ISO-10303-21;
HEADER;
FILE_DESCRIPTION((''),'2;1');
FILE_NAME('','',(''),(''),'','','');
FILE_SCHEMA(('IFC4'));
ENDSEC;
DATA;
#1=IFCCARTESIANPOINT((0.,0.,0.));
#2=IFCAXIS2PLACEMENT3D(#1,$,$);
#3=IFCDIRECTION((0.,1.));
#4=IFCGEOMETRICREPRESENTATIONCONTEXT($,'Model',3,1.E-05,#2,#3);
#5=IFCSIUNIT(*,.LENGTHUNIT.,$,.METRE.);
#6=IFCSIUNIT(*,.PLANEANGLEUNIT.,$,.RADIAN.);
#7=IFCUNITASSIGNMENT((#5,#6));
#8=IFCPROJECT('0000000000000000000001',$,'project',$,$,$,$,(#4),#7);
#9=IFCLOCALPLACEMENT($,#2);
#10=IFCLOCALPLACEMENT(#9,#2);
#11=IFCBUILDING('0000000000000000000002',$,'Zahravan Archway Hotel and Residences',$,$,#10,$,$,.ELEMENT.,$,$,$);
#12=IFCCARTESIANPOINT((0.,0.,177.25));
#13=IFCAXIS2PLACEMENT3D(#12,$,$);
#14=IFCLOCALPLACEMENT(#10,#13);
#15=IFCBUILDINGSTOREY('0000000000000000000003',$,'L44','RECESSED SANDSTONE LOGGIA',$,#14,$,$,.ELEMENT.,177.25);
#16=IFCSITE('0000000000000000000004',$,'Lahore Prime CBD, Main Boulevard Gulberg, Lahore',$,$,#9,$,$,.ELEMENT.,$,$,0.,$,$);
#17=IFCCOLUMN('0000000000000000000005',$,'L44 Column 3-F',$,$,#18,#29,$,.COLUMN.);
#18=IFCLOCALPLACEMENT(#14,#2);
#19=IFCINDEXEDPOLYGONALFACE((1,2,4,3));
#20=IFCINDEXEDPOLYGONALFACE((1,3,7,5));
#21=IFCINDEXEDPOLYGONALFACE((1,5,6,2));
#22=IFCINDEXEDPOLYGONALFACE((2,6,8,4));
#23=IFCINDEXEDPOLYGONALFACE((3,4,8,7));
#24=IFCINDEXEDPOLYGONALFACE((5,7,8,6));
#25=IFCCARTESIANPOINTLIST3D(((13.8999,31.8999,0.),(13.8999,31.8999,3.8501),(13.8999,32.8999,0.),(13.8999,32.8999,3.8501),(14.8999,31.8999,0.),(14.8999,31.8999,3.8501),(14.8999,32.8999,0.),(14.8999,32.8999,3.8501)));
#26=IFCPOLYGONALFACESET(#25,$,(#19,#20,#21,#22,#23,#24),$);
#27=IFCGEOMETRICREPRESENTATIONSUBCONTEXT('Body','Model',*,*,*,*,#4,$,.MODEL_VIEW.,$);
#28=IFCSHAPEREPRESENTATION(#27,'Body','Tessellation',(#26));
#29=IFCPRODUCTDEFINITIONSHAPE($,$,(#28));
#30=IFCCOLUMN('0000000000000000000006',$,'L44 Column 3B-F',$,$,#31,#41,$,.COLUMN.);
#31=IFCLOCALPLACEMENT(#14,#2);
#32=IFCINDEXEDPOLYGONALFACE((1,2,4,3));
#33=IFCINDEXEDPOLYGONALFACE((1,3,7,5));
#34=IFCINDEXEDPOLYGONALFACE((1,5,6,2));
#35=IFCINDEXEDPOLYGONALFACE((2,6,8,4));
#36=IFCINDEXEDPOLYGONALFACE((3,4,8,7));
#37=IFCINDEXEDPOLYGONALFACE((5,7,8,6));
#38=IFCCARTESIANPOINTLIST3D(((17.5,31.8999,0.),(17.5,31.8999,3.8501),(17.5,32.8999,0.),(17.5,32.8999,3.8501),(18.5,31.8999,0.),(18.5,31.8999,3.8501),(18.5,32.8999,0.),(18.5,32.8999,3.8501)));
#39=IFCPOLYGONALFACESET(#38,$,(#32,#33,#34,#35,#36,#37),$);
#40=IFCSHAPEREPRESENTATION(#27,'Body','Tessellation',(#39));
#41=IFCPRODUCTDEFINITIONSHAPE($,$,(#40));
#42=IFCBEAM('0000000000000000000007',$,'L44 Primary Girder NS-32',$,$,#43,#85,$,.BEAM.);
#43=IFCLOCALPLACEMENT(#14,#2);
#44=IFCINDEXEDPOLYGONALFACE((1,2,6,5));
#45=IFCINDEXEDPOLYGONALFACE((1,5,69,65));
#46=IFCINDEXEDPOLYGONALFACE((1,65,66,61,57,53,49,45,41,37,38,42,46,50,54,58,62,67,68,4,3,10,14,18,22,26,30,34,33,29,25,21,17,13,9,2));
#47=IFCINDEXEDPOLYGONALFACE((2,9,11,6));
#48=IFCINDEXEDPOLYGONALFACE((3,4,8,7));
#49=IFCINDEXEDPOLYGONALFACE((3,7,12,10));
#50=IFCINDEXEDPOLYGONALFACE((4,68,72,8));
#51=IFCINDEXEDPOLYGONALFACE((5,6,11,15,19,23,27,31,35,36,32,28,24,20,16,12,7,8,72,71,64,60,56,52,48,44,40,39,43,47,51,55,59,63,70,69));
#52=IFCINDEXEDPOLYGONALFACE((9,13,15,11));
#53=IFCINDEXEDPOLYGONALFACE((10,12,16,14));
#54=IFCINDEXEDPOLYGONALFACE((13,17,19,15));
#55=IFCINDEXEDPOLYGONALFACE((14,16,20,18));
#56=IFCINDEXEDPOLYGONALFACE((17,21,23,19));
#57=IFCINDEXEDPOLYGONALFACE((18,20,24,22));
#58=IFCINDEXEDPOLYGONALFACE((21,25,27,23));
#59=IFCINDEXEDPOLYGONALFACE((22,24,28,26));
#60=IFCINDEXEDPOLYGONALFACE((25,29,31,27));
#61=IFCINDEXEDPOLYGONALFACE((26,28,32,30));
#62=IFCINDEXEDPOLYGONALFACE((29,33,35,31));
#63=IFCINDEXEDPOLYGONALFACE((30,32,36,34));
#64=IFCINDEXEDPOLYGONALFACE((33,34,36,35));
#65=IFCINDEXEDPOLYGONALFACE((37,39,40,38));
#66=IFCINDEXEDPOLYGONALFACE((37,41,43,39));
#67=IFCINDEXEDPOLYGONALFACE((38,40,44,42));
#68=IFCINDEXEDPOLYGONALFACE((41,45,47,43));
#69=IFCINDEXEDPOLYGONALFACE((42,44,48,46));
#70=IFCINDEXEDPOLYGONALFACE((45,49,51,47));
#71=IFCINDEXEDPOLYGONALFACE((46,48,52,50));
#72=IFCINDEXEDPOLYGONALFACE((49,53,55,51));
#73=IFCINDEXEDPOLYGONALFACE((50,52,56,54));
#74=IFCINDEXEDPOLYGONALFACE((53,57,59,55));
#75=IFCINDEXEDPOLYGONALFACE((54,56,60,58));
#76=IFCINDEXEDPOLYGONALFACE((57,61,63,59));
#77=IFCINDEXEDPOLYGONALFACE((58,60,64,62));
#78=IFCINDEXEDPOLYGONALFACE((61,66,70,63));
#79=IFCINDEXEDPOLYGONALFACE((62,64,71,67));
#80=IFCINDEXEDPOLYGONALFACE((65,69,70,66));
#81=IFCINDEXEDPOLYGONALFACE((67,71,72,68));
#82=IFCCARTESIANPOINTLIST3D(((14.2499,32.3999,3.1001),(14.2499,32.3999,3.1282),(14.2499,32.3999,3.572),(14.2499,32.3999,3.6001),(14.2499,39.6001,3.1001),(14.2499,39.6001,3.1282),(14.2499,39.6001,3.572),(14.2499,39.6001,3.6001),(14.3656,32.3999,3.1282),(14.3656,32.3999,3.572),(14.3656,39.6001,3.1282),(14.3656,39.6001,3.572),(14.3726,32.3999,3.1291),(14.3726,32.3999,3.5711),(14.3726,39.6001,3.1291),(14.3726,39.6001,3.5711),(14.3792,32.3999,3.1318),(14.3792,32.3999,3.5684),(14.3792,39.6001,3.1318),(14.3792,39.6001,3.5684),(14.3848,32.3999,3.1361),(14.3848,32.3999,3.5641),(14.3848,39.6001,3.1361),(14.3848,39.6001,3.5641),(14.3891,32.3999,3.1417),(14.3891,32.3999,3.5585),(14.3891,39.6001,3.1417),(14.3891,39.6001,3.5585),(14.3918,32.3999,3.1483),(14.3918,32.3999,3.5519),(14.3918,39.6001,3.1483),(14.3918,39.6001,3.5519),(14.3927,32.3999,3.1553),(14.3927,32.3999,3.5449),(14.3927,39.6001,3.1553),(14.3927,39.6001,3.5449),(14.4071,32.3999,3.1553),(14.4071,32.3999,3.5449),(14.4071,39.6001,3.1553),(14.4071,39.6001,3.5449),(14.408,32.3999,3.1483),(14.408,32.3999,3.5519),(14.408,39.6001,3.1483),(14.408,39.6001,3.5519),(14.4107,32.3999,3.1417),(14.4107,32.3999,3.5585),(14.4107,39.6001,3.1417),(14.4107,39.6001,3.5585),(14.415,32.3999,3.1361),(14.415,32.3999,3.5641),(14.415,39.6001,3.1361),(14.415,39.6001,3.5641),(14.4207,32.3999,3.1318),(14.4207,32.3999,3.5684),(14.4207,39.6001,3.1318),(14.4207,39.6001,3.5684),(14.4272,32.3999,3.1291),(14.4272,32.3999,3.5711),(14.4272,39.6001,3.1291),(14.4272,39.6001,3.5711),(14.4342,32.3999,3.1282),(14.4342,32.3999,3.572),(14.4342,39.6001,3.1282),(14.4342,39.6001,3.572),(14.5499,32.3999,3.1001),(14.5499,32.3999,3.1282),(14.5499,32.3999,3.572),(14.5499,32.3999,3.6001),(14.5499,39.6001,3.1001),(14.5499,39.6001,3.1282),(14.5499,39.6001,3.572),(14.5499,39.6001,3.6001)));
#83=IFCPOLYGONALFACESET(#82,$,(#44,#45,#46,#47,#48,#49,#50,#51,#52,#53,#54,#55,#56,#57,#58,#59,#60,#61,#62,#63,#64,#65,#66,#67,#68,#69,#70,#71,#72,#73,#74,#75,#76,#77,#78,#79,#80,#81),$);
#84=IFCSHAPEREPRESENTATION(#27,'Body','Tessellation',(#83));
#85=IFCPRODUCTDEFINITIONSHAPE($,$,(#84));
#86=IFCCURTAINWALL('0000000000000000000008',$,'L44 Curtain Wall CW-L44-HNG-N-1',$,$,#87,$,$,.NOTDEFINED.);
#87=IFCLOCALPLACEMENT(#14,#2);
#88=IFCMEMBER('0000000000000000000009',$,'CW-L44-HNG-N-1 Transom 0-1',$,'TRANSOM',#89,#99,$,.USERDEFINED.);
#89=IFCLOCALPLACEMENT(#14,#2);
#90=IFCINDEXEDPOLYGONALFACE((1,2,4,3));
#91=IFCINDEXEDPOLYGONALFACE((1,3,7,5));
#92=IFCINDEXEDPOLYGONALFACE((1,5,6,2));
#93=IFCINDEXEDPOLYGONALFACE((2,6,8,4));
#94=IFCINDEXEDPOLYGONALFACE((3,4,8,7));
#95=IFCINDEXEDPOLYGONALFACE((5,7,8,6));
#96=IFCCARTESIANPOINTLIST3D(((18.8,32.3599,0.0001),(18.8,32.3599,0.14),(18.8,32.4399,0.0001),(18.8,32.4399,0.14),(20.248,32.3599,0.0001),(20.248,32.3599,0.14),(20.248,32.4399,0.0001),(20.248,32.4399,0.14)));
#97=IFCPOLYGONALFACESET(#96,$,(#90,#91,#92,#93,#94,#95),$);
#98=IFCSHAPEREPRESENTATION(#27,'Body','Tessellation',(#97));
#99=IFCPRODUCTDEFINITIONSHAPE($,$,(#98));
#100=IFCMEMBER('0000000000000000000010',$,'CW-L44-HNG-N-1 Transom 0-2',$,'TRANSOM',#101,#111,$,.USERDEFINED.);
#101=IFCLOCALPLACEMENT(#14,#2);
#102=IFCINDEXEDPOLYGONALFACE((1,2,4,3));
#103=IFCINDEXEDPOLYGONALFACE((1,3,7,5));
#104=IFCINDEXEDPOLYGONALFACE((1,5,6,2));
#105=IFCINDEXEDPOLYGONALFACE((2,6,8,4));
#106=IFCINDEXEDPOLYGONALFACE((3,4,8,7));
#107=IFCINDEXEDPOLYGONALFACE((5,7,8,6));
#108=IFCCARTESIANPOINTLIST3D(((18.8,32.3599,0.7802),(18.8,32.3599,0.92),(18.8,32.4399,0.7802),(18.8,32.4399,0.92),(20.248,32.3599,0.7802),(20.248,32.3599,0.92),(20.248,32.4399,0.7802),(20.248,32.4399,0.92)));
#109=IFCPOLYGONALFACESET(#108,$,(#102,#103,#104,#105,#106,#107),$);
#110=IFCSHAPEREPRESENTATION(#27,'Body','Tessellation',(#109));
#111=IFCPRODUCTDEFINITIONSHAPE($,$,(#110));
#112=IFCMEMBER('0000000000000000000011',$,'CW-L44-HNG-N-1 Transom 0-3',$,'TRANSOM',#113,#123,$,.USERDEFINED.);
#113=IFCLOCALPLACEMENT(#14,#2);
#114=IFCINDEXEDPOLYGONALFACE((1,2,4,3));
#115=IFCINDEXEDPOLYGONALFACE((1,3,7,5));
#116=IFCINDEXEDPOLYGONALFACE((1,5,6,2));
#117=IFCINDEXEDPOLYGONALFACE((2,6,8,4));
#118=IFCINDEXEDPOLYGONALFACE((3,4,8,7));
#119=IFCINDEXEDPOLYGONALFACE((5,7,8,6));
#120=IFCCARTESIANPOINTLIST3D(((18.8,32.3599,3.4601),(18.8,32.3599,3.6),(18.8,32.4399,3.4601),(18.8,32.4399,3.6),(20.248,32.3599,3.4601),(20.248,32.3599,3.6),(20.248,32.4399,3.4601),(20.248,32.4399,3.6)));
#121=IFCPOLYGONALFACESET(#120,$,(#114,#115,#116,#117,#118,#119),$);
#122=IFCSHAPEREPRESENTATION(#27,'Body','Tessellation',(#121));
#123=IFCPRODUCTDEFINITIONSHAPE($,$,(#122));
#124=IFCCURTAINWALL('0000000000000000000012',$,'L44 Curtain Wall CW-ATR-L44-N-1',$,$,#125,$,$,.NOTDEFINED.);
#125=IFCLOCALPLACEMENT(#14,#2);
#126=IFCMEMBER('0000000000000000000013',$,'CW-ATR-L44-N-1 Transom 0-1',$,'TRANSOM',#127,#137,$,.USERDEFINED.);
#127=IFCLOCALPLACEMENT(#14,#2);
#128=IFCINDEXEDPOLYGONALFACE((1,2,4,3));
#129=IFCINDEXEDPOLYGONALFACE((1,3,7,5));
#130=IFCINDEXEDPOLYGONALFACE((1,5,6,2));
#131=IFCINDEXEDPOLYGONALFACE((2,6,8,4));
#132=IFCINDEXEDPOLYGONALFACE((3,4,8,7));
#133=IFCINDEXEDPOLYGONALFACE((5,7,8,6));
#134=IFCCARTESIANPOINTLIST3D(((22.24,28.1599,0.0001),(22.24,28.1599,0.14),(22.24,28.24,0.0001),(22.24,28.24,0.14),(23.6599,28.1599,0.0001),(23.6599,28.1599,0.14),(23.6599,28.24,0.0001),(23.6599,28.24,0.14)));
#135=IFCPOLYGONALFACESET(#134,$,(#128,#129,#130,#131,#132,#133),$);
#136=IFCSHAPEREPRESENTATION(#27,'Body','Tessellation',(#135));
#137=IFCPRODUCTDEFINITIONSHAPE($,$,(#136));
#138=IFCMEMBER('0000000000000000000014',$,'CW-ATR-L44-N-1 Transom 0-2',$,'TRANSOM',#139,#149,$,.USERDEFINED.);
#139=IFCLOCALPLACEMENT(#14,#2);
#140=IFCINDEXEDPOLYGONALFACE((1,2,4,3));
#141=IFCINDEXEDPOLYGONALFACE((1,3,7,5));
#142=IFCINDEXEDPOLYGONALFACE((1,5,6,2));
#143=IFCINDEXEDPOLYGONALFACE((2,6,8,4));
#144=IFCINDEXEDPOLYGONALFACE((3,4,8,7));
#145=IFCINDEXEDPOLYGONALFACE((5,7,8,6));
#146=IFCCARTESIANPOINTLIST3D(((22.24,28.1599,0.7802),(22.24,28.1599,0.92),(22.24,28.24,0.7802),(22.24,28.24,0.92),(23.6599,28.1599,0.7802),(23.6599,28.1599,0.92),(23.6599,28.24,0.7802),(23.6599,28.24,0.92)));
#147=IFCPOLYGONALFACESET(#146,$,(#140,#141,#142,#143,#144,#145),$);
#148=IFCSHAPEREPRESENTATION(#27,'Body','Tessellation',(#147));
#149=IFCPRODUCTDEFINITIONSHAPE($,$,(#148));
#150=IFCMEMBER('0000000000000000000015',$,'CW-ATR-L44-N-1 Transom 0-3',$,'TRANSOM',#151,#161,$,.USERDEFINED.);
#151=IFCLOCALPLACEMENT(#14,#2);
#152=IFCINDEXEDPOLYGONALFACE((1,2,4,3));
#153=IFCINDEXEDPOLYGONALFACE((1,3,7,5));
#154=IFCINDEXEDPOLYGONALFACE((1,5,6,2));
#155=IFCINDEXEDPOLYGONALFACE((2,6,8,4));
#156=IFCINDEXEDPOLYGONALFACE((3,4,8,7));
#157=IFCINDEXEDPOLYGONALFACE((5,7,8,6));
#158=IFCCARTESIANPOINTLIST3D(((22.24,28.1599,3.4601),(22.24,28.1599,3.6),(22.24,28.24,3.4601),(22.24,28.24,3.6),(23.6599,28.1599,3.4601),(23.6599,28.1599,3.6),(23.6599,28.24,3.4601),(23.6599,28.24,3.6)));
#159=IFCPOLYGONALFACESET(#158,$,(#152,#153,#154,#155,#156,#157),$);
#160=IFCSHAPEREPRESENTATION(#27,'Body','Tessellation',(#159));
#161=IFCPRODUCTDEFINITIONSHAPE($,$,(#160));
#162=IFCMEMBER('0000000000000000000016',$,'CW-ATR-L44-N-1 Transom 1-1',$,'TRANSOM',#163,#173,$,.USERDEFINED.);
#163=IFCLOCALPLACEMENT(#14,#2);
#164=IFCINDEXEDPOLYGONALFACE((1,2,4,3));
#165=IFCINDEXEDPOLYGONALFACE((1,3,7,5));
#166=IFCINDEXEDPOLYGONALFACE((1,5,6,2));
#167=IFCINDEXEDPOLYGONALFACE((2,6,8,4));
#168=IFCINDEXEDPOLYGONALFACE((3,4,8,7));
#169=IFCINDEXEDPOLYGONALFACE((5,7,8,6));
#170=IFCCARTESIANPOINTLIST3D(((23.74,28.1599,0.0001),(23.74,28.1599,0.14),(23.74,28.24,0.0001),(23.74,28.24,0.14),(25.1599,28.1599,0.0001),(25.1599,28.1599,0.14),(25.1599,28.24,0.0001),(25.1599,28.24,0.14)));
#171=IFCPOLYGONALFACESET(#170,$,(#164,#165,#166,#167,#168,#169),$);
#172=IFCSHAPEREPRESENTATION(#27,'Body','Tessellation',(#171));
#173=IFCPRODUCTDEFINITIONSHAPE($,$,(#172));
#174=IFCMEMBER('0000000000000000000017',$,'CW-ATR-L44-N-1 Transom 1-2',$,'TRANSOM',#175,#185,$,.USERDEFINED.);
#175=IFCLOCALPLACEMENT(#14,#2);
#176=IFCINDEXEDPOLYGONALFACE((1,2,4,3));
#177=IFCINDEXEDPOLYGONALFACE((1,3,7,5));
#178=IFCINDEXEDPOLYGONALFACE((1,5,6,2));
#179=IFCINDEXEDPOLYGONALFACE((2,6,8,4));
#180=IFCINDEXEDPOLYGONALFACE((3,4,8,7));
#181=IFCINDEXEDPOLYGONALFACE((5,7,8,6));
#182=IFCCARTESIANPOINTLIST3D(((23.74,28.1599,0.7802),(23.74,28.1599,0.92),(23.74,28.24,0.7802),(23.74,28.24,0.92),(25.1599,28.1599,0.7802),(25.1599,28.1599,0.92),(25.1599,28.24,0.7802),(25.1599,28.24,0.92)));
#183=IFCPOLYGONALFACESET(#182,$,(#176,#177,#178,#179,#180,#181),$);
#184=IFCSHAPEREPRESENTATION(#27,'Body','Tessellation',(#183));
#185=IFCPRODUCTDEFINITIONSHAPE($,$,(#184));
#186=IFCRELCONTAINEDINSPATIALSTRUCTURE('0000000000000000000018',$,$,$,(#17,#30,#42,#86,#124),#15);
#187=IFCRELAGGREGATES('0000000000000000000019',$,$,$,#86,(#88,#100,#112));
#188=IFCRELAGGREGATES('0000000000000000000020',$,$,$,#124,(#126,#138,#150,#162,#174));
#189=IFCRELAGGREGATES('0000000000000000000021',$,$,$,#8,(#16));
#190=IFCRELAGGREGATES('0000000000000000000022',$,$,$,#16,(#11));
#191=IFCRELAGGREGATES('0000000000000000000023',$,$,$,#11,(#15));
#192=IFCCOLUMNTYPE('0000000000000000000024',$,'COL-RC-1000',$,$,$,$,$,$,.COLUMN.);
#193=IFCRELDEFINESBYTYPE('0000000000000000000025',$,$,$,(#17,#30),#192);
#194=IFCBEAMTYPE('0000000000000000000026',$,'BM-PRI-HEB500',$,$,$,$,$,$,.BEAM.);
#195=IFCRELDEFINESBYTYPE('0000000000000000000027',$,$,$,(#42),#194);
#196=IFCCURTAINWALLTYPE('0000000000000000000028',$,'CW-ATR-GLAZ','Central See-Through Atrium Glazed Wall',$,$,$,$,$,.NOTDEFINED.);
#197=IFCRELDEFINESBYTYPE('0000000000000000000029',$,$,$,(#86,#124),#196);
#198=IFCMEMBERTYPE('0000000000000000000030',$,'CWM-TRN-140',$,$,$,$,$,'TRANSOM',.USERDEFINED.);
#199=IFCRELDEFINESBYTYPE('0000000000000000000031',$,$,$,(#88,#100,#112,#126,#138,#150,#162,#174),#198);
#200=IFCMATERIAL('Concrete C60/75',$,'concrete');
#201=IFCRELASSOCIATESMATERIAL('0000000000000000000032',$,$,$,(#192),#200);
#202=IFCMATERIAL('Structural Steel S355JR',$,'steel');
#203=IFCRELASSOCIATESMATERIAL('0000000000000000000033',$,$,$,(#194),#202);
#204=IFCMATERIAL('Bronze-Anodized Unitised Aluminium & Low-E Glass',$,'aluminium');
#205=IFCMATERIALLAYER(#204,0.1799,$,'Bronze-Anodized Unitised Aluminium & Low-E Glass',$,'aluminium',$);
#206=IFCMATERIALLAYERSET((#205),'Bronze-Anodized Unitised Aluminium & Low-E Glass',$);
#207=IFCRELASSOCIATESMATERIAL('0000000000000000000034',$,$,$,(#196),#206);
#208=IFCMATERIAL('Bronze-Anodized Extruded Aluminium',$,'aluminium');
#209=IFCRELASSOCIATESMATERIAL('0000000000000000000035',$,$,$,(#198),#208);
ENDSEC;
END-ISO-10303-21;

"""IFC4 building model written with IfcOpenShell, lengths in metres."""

from ifc_helpers import new_model, si_unit, direction, frame, origin, origin_2d, place, context, subcontext, project, spatial, rectangle, i_section, extrude, source, transform, mapped, material, layer, layer_set, material_profile, profile_set, type_object, type_shapes, element, aggregate, save


model = new_model("IFC4")

# Units and contexts
model_context = context("Model", 3, precision=1e-05, world=origin(), true_north=direction((0.0, 1.0)))
body_context = subcontext(model_context, "Body", "Model", "MODEL_VIEW")
ifc_project = project(units=[si_unit("LENGTHUNIT", "METRE"), si_unit("PLANEANGLEUNIT", "RADIAN")], contexts=[model_context])

# Site, building, storey
site_placement = place(None, origin())
site = spatial("IfcSite", under=ifc_project, at=site_placement, Name="Lahore Prime CBD, Main Boulevard Gulberg, Lahore", CompositionType="ELEMENT", RefElevation=0.0)
building_placement = place(site_placement, origin())
building = spatial("IfcBuilding", under=site, at=building_placement, Name="Zahravan Archway Hotel and Residences", CompositionType="ELEMENT")
storey_placement = place(building_placement, frame((0.0, 0.0, 177.25)))
storey = spatial("IfcBuildingStorey", under=building, at=storey_placement, Name="L44", Description="RECESSED SANDSTONE LOGGIA", CompositionType="ELEMENT", Elevation=177.25)

# Columns
ifc_material_1 = material(Name="Concrete C60/75", Category="concrete")
ifc_material_profile_1 = material_profile(ifc_material_1, rectangle(XDim=1.0, YDim=1.0, at=origin_2d()), Name="RC-COL-1000x1000", Category="concrete")
ifc_profile_set_1 = profile_set([ifc_material_profile_1], Name="Concrete C60/75")
column_type = type_object("IfcColumnType", Name="COL-RC-1000", PredefinedType="COLUMN", material=ifc_profile_set_1)
shared_shape_1 = source(origin(), body_context, "Body", "SweptSolid", [
    extrude(rectangle(XDim=1.0, YDim=1.0, at=origin_2d()), origin(), (0.0, 0.0, 1.0), 3.8501),
])
for number, where, z_axis, x_axis, name in (
    (1, (14.3999, 32.3999, 0.0), (0.0, 0.0, 1.0), (1.0, 0.0, 0.0), "L44 Column 3-F"),
    (2, (18.0, 32.3999, 0.0), (0.0, 0.0, 1.0), (1.0, 0.0, 0.0), "L44 Column 3B-F"),
):
    element("IfcColumn", number, at=place(storey_placement, frame(where, z_axis=z_axis, x_axis=x_axis)), inside=storey, type_object=column_type, Name=name, PredefinedType="COLUMN", context=body_context, shape_type="MappedRepresentation", body=[
        mapped(shared_shape_1, transform((0.0, 0.0, 0.0), scale=1.0)),
    ])

# Beam
ifc_material_2 = material(Name="Structural Steel S355JR", Category="steel")
ifc_material_profile_2 = material_profile(ifc_material_2, i_section(OverallWidth=0.3, OverallDepth=0.5, WebThickness=0.0144, FlangeThickness=0.0281, FilletRadius=0.0271, at=origin_2d()), Name="HEB 500", Category="steel")
ifc_profile_set_2 = profile_set([ifc_material_profile_2], Name="Structural Steel S355JR")
beam_type = type_object("IfcBeamType", Name="BM-PRI-HEB500", PredefinedType="BEAM", material=ifc_profile_set_2)
shared_shape_2 = source(origin(), body_context, "Body", "SweptSolid", [
    extrude(i_section(OverallWidth=0.3, OverallDepth=0.5, WebThickness=0.0144, FlangeThickness=0.0281, FilletRadius=0.0271, at=origin_2d()), origin(), (0.0, 0.0, 1.0), 7.2002),
])
type_shapes(beam_type, [shared_shape_2])
beam_placement = place(storey_placement, frame((14.3999, 32.3999, 3.3501), z_axis=(0.0, 1.0, 0.0), x_axis=(-1.0, 0.0, 0.0)))
element("IfcBeam", 3, at=beam_placement, inside=storey, type_object=beam_type, Name="L44 Primary Girder NS-32", PredefinedType="BEAM", context=body_context, shape_type="MappedRepresentation", body=[
    mapped(shared_shape_2, transform((0.0, 0.0, 0.0), scale=1.0)),
])

# Curtain walls, members
ifc_material_3 = material(Name="Bronze-Anodized Unitised Aluminium & Low-E Glass", Category="aluminium")
ifc_layer_1 = layer(ifc_material_3, 0.1799, Name="Bronze-Anodized Unitised Aluminium & Low-E Glass", Category="aluminium")
ifc_layer_set_1 = layer_set([ifc_layer_1], Name="Bronze-Anodized Unitised Aluminium & Low-E Glass")
curtain_wall_type = type_object("IfcCurtainWallType", Name="CW-ATR-GLAZ", Description="Central See-Through Atrium Glazed Wall", PredefinedType="NOTDEFINED", material=ifc_layer_set_1)
curtain_wall_1_placement = place(storey_placement, origin())
curtain_wall_1 = element("IfcCurtainWall", 4, at=curtain_wall_1_placement, inside=storey, type_object=curtain_wall_type, Name="L44 Curtain Wall CW-L44-HNG-N-1", PredefinedType="NOTDEFINED")
ifc_material_4 = material(Name="Bronze-Anodized Extruded Aluminium", Category="aluminium")
ifc_material_profile_3 = material_profile(ifc_material_4, rectangle(XDim=0.0801, YDim=0.1399, at=origin_2d()), Name="TRN 80x140", Category="aluminium")
ifc_profile_set_3 = profile_set([ifc_material_profile_3], Name="Bronze-Anodized Extruded Aluminium")
member_type_1 = type_object("IfcMemberType", Name="CWM-TRN-140", ElementType="TRANSOM", PredefinedType="USERDEFINED", material=ifc_profile_set_3)
shared_shape_3 = source(origin(), body_context, "Body", "SweptSolid", [
    extrude(rectangle(XDim=0.0801, YDim=0.1399, at=origin_2d()), origin(), (0.0, 0.0, 1.0), 1.448),
])
member_1_placement = place(storey_placement, frame((18.8, 32.3999, 0.0701), z_axis=(1.0, 0.0, 0.0), x_axis=(0.0, 1.0, 0.0)))
member_1 = element("IfcMember", 5, at=member_1_placement, type_object=member_type_1, Name="CW-L44-HNG-N-1 Transom 0-1", ObjectType="TRANSOM", PredefinedType="USERDEFINED", context=body_context, shape_type="MappedRepresentation", body=[
    mapped(shared_shape_3, transform((0.0, 0.0, 0.0), scale=1.0)),
])
member_2_placement = place(storey_placement, frame((18.8, 32.3999, 0.8501), z_axis=(1.0, 0.0, 0.0), x_axis=(0.0, 1.0, 0.0)))
member_2 = element("IfcMember", 6, at=member_2_placement, type_object=member_type_1, Name="CW-L44-HNG-N-1 Transom 0-2", ObjectType="TRANSOM", PredefinedType="USERDEFINED", context=body_context, shape_type="MappedRepresentation", body=[
    mapped(shared_shape_3, transform((0.0, 0.0, 0.0), scale=1.0)),
])
member_3_placement = place(storey_placement, frame((18.8, 32.3999, 3.53), z_axis=(1.0, 0.0, 0.0), x_axis=(0.0, 1.0, 0.0)))
member_3 = element("IfcMember", 7, at=member_3_placement, type_object=member_type_1, Name="CW-L44-HNG-N-1 Transom 0-3", ObjectType="TRANSOM", PredefinedType="USERDEFINED", context=body_context, shape_type="MappedRepresentation", body=[
    mapped(shared_shape_3, transform((0.0, 0.0, 0.0), scale=1.0)),
])
curtain_wall_2_placement = place(storey_placement, origin())
curtain_wall_2 = element("IfcCurtainWall", 8, at=curtain_wall_2_placement, inside=storey, type_object=curtain_wall_type, Name="L44 Curtain Wall CW-ATR-L44-N-1", PredefinedType="NOTDEFINED")
shared_shape_4 = source(origin(), body_context, "Body", "SweptSolid", [
    extrude(rectangle(XDim=0.0801, YDim=0.1399, at=origin_2d()), origin(), (0.0, 0.0, 1.0), 1.4199),
])
member_4_placement = place(storey_placement, frame((22.24, 28.2, 0.0701), z_axis=(1.0, 0.0, 0.0), x_axis=(0.0, 1.0, 0.0)))
member_4 = element("IfcMember", 9, at=member_4_placement, type_object=member_type_1, Name="CW-ATR-L44-N-1 Transom 0-1", ObjectType="TRANSOM", PredefinedType="USERDEFINED", context=body_context, shape_type="MappedRepresentation", body=[
    mapped(shared_shape_4, transform((0.0, 0.0, 0.0), scale=1.0)),
])
member_5_placement = place(storey_placement, frame((22.24, 28.2, 0.8501), z_axis=(1.0, 0.0, 0.0), x_axis=(0.0, 1.0, 0.0)))
member_5 = element("IfcMember", 10, at=member_5_placement, type_object=member_type_1, Name="CW-ATR-L44-N-1 Transom 0-2", ObjectType="TRANSOM", PredefinedType="USERDEFINED", context=body_context, shape_type="MappedRepresentation", body=[
    mapped(shared_shape_4, transform((0.0, 0.0, 0.0), scale=1.0)),
])
member_6_placement = place(storey_placement, frame((22.24, 28.2, 3.53), z_axis=(1.0, 0.0, 0.0), x_axis=(0.0, 1.0, 0.0)))
member_6 = element("IfcMember", 11, at=member_6_placement, type_object=member_type_1, Name="CW-ATR-L44-N-1 Transom 0-3", ObjectType="TRANSOM", PredefinedType="USERDEFINED", context=body_context, shape_type="MappedRepresentation", body=[
    mapped(shared_shape_4, transform((0.0, 0.0, 0.0), scale=1.0)),
])
member_7_placement = place(storey_placement, frame((23.74, 28.2, 0.0701), z_axis=(1.0, 0.0, 0.0), x_axis=(0.0, 1.0, 0.0)))
member_7 = element("IfcMember", 12, at=member_7_placement, type_object=member_type_1, Name="CW-ATR-L44-N-1 Transom 1-1", ObjectType="TRANSOM", PredefinedType="USERDEFINED", context=body_context, shape_type="MappedRepresentation", body=[
    mapped(shared_shape_4, transform((0.0, 0.0, 0.0), scale=1.0)),
])
member_8_placement = place(storey_placement, frame((23.74, 28.2, 0.8501), z_axis=(1.0, 0.0, 0.0), x_axis=(0.0, 1.0, 0.0)))
member_8 = element("IfcMember", 13, at=member_8_placement, type_object=member_type_1, Name="CW-ATR-L44-N-1 Transom 1-2", ObjectType="TRANSOM", PredefinedType="USERDEFINED", context=body_context, shape_type="MappedRepresentation", body=[
    mapped(shared_shape_4, transform((0.0, 0.0, 0.0), scale=1.0)),
])

aggregate(curtain_wall_1, [member_1, member_2, member_3])

aggregate(curtain_wall_2, [member_4, member_5, member_6, member_7, member_8])

save(model, "model.ifc")
